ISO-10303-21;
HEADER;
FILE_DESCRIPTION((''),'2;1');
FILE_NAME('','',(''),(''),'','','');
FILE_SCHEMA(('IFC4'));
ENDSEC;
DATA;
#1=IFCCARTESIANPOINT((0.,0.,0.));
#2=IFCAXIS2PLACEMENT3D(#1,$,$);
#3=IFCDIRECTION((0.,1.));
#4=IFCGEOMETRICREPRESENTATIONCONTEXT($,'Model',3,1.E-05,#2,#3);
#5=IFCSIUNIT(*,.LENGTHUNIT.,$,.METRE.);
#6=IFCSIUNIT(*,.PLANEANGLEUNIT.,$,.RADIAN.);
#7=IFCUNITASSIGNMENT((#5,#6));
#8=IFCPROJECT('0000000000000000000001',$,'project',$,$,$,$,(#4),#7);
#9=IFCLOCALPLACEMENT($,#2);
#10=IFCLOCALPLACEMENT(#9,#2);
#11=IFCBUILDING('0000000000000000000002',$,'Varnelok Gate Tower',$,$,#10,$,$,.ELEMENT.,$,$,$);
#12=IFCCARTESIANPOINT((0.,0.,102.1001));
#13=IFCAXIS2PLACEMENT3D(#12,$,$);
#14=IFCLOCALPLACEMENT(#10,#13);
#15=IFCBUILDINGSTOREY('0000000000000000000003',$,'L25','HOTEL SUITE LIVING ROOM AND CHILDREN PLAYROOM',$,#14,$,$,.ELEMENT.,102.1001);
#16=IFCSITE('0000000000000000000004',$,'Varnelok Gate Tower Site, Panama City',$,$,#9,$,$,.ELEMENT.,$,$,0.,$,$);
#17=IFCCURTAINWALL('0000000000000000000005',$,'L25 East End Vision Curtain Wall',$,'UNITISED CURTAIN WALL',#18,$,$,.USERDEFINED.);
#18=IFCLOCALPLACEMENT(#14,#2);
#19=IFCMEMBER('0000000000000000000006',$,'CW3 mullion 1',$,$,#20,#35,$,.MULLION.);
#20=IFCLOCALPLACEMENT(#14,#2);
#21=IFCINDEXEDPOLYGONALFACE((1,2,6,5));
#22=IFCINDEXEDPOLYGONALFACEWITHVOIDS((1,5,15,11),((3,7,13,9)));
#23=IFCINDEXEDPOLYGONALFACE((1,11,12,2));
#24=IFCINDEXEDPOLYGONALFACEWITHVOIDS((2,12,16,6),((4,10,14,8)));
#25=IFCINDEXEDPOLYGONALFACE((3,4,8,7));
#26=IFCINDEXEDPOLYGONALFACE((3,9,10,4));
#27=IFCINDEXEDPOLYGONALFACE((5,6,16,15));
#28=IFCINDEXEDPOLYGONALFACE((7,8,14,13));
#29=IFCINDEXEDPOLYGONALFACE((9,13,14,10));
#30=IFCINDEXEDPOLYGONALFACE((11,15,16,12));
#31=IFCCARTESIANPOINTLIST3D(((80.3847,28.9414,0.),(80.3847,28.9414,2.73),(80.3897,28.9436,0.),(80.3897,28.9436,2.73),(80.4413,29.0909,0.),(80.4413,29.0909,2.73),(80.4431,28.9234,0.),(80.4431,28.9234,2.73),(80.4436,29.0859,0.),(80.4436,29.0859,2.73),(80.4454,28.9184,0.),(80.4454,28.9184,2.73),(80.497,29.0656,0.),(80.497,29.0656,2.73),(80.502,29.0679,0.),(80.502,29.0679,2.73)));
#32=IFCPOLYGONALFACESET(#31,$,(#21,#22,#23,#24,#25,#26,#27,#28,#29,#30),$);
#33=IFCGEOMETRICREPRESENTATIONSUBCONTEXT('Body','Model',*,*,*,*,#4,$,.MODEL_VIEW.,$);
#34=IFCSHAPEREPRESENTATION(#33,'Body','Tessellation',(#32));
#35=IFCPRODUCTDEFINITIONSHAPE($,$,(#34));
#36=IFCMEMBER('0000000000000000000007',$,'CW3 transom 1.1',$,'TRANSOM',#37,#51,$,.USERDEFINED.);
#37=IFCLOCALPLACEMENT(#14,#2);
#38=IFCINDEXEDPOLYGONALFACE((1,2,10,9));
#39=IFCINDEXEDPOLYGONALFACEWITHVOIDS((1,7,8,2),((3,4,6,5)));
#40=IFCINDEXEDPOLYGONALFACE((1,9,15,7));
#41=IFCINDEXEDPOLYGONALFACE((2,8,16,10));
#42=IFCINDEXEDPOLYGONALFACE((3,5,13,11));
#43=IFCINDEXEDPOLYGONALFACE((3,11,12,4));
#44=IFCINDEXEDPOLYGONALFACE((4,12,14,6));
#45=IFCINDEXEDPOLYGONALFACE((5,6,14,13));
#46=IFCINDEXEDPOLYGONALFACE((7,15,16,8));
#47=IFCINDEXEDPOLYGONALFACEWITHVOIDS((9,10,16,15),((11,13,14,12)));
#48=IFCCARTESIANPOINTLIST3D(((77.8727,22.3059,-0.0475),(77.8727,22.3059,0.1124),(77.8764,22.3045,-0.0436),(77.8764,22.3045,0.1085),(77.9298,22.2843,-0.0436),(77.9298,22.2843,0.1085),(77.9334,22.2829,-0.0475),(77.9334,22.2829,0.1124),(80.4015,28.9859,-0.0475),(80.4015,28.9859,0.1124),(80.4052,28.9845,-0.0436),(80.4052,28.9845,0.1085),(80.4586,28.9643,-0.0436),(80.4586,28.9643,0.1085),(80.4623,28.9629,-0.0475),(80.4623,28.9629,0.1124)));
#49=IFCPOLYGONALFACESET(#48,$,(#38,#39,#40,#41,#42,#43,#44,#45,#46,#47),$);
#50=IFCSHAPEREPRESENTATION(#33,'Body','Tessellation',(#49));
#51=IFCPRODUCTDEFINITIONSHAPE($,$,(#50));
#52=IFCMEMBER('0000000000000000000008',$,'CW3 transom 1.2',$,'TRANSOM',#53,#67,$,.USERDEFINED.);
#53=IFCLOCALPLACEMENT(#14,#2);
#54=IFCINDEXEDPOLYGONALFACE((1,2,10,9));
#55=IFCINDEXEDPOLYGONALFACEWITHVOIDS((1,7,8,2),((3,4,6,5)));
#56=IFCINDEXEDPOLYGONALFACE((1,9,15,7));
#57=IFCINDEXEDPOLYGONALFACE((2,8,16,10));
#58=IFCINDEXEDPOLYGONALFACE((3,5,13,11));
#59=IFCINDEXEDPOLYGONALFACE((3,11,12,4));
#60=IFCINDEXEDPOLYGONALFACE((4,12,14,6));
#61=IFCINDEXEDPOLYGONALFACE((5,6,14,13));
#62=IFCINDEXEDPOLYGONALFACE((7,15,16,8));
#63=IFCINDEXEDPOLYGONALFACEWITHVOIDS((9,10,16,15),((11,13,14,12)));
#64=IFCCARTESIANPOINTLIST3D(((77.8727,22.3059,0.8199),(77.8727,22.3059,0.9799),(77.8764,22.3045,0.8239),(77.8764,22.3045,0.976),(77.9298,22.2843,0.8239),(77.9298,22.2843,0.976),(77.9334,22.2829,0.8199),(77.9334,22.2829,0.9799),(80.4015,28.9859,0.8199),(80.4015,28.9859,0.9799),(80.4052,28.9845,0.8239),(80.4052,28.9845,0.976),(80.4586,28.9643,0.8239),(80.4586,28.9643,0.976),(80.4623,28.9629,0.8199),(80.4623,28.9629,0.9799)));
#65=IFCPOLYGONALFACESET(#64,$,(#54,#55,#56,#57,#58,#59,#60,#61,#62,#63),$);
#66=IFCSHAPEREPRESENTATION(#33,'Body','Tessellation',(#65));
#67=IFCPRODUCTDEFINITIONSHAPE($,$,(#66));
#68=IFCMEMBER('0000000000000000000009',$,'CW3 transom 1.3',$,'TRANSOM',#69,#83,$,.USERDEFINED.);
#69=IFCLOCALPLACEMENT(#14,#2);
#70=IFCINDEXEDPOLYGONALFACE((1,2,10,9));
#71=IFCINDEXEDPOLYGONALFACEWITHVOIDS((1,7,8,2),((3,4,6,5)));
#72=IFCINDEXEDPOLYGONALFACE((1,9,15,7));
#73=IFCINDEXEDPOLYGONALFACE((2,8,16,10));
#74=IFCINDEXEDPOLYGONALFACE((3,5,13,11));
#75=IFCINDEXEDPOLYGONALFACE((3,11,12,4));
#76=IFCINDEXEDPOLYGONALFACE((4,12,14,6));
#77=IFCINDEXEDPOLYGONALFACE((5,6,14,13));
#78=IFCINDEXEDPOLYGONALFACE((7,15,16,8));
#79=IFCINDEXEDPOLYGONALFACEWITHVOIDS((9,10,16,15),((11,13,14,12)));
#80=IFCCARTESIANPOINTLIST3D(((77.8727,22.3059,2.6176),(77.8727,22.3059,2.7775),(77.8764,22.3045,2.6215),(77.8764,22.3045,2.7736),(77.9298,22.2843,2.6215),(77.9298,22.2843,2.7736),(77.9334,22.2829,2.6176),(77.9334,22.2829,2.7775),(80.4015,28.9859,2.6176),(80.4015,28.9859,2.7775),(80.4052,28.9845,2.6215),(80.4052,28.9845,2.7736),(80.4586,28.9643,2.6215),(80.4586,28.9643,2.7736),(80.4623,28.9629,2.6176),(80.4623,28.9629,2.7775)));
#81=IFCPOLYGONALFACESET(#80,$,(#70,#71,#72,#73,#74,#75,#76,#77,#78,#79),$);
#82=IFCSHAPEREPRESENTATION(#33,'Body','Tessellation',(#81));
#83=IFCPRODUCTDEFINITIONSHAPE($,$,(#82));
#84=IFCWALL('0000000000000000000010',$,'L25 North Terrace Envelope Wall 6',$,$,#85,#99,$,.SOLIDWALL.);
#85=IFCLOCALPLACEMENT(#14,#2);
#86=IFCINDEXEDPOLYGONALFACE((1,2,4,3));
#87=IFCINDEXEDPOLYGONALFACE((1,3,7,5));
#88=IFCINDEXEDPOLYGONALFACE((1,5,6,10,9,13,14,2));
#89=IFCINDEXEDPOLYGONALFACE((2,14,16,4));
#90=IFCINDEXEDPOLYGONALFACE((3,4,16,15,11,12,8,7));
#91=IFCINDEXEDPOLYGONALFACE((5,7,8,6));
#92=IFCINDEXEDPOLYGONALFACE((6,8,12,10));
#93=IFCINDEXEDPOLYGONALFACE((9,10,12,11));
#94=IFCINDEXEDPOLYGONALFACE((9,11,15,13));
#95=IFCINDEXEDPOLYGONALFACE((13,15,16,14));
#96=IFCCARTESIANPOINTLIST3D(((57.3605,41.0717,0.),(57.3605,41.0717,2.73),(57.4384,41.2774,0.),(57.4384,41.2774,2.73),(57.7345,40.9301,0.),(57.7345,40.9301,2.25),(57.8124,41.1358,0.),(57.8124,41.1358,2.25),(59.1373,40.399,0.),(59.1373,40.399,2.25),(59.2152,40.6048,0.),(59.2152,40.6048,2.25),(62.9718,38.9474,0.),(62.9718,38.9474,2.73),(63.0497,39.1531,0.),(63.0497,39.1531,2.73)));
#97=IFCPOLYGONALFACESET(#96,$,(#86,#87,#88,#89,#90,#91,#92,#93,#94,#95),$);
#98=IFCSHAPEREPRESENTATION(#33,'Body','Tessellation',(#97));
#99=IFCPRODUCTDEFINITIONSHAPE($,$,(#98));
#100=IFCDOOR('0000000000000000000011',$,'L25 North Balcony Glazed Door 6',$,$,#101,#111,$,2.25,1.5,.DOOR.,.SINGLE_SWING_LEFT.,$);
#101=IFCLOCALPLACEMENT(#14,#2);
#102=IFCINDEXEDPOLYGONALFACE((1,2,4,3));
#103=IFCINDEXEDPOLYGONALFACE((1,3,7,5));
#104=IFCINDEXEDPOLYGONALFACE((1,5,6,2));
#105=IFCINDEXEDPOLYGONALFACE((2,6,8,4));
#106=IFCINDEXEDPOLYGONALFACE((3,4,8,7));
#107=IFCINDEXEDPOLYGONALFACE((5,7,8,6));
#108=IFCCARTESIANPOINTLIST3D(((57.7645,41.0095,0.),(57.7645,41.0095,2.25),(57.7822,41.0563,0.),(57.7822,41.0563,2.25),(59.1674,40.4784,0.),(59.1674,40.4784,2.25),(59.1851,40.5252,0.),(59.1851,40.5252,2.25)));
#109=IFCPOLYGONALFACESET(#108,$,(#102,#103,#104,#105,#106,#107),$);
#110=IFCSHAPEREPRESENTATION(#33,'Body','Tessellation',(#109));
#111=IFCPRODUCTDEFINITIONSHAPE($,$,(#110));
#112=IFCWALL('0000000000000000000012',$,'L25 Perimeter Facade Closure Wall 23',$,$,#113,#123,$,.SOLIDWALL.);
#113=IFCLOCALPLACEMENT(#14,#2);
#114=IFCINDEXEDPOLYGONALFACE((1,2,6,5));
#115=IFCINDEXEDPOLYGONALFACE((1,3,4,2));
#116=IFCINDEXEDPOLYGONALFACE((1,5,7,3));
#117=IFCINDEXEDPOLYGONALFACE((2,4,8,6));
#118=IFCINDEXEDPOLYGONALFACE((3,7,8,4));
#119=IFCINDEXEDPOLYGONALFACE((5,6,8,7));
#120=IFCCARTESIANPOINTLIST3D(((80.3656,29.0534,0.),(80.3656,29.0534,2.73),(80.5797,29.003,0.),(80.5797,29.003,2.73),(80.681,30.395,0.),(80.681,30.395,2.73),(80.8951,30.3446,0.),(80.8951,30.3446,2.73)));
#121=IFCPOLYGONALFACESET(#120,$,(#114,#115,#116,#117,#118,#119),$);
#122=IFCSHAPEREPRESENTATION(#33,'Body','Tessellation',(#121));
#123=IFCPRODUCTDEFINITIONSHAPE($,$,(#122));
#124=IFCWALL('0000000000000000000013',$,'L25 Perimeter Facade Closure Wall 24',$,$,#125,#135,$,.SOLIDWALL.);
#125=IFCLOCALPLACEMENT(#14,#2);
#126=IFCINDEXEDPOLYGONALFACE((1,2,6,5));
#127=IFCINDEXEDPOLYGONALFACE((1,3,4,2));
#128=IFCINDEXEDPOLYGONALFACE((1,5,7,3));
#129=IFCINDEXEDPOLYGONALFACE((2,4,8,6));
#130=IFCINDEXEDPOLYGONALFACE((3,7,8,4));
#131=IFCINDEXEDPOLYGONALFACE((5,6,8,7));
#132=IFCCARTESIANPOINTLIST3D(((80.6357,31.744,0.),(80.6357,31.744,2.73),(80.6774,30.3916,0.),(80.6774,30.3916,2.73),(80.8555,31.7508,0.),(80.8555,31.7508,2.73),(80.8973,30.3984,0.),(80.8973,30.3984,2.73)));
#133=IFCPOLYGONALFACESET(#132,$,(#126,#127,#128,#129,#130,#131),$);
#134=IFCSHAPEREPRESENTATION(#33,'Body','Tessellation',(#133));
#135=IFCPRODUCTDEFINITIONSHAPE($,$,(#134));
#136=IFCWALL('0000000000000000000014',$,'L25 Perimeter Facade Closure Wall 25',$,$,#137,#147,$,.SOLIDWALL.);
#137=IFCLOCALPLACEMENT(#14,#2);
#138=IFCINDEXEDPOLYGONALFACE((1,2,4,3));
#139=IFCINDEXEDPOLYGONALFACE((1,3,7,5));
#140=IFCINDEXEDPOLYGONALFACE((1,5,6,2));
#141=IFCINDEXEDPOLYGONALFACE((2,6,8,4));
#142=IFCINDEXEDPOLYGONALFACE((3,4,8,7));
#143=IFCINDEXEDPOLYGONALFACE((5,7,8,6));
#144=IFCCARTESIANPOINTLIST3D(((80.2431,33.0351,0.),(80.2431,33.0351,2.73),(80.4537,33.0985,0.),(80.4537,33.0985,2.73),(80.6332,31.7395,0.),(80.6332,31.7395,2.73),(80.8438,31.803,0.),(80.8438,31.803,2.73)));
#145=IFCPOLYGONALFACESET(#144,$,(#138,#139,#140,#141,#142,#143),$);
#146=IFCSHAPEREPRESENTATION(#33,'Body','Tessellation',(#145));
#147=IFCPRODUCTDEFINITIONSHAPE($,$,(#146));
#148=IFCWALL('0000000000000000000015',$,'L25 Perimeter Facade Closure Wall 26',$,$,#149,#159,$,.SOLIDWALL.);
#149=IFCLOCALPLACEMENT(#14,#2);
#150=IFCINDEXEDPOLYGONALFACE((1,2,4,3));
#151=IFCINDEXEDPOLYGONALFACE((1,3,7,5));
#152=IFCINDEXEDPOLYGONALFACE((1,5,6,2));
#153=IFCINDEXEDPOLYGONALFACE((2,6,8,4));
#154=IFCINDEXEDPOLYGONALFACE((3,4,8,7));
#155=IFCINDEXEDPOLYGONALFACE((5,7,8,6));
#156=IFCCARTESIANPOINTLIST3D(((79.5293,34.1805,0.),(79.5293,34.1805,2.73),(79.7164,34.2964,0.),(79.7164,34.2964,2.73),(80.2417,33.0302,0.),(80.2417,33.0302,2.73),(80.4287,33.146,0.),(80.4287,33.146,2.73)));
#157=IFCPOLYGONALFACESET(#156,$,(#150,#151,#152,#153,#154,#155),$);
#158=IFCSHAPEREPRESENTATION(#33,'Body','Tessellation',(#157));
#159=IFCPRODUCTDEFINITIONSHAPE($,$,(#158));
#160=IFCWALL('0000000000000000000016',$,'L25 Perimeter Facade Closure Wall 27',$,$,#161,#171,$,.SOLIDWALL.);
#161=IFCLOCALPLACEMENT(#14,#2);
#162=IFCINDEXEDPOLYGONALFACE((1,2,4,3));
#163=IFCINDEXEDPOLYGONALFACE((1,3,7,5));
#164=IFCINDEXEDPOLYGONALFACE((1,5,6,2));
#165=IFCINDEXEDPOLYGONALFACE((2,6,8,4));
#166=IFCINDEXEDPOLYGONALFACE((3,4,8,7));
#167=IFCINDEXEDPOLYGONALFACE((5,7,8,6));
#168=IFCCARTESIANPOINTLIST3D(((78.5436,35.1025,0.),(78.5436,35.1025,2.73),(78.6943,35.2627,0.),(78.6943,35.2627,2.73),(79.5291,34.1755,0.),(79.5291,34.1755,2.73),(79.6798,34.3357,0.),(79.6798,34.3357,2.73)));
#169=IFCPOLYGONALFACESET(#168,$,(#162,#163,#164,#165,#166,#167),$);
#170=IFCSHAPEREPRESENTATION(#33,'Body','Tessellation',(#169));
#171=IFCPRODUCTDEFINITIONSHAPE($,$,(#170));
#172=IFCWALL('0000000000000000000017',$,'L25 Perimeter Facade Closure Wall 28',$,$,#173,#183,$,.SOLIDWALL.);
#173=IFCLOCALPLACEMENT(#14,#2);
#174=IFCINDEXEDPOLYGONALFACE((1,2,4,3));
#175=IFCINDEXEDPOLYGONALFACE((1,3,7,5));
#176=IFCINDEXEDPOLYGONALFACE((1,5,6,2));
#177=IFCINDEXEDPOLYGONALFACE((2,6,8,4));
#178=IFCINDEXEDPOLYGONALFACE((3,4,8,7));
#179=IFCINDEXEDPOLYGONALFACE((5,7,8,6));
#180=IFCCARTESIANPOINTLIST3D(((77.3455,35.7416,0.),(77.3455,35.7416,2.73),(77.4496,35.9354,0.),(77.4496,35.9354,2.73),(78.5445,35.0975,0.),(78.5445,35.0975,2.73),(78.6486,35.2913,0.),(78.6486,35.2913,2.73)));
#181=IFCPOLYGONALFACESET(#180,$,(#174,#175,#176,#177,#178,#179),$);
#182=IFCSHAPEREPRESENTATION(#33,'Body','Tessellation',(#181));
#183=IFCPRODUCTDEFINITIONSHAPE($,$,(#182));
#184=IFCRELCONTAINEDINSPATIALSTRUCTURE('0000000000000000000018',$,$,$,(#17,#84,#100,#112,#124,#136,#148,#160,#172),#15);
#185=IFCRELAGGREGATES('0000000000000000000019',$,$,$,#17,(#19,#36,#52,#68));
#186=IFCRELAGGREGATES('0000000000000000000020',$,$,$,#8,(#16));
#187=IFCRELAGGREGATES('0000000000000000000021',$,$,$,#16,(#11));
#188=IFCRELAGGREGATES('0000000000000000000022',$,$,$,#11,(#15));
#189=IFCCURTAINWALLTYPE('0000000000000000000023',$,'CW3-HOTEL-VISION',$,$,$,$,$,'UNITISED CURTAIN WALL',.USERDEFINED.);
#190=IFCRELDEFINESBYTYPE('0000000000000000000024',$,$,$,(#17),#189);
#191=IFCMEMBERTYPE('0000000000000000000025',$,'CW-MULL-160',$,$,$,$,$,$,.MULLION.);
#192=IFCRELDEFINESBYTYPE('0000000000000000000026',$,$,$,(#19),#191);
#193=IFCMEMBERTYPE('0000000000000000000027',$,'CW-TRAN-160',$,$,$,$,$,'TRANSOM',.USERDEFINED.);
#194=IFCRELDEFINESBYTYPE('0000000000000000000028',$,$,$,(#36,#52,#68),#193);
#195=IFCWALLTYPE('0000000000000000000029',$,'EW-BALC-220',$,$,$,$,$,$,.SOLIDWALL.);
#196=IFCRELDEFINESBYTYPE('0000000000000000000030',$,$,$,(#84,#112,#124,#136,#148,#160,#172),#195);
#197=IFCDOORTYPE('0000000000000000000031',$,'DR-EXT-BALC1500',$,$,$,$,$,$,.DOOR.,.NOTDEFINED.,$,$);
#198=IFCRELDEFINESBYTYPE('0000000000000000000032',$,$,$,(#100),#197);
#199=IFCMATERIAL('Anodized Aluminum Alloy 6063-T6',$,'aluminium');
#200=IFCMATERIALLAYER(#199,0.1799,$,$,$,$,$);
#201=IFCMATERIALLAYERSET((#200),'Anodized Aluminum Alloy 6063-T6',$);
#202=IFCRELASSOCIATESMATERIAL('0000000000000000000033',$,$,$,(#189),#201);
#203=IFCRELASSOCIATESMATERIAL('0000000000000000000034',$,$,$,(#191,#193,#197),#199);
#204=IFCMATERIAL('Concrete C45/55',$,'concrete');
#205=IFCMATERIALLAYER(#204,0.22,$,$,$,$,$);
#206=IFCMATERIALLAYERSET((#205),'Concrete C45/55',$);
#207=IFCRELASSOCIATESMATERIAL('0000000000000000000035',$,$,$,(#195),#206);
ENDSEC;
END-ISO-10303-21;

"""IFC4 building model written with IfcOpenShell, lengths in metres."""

from ifc_helpers import new_model, si_unit, direction, frame, frame_2d, origin, origin_2d, place, context, subcontext, project, spatial, rectangle, hollow_rectangle, extrude, material, layer, layer_set, material_profile, profile_set, type_object, element, fill, aggregate, save


model = new_model("IFC4")

# Units and contexts
model_context = context("Model", 3, precision=1e-05, world=origin(), true_north=direction((0.0, 1.0)))
body_context = subcontext(model_context, "Body", "Model", "MODEL_VIEW")
ifc_project = project(units=[si_unit("LENGTHUNIT", "METRE"), si_unit("PLANEANGLEUNIT", "RADIAN")], contexts=[model_context])

# Site, building, storey
site_placement = place(None, origin())
site = spatial("IfcSite", under=ifc_project, at=site_placement, Name="Varnelok Gate Tower Site, Panama City", CompositionType="ELEMENT", RefElevation=0.0)
building_placement = place(site_placement, origin())
building = spatial("IfcBuilding", under=site, at=building_placement, Name="Varnelok Gate Tower", CompositionType="ELEMENT")
storey_placement = place(building_placement, frame((0.0, 0.0, 102.1001)))
storey = spatial("IfcBuildingStorey", under=building, at=storey_placement, Name="L25", Description="HOTEL SUITE LIVING ROOM AND CHILDREN PLAYROOM", CompositionType="ELEMENT", Elevation=102.1001)

# Curtain wall, members
ifc_material_1 = material(Name="Anodized Aluminum Alloy 6063-T6", Category="aluminium")
ifc_layer_1 = layer(ifc_material_1, 0.1799)
ifc_layer_set_1 = layer_set([ifc_layer_1], Name="Anodized Aluminum Alloy 6063-T6")
curtain_wall_type = type_object("IfcCurtainWallType", Name="CW3-HOTEL-VISION", ElementType="UNITISED CURTAIN WALL", PredefinedType="USERDEFINED", material=ifc_layer_set_1)
curtain_wall_placement = place(storey_placement, origin())
curtain_wall = element("IfcCurtainWall", 1, at=curtain_wall_placement, inside=storey, type_object=curtain_wall_type, Name="L25 East End Vision Curtain Wall", ObjectType="UNITISED CURTAIN WALL", PredefinedType="USERDEFINED")
ifc_material_profile_1 = material_profile(ifc_material_1, hollow_rectangle(XDim=0.0649, YDim=0.1599, WallThickness=0.0039, at=origin_2d()), Name="ALU160X65X4")
ifc_profile_set_1 = profile_set([ifc_material_profile_1], Name="Anodized Aluminum Alloy 6063-T6")
member_type_1 = type_object("IfcMemberType", Name="CW-MULL-160", PredefinedType="MULLION", material=ifc_profile_set_1)
member_1_placement = place(storey_placement, frame((80.4434, 29.0046, 0.0), z_axis=(0.0, 0.0, 1.0), x_axis=(0.935221, -0.354064, 0.0)))
member_1 = element("IfcMember", 2, at=member_1_placement, type_object=member_type_1, Name="CW3 mullion 1", PredefinedType="MULLION", context=body_context, shape_type="SweptSolid", body=[
    extrude(hollow_rectangle(XDim=0.0649, YDim=0.1599, WallThickness=0.0039, at=origin_2d()), origin(), (0.0, 0.0, 1.0), 2.73),
])
ifc_material_profile_2 = material_profile(ifc_material_1, hollow_rectangle(XDim=0.0649, YDim=0.1599, WallThickness=0.0039, at=origin_2d()), Name="ALU160X65X4")
ifc_profile_set_2 = profile_set([ifc_material_profile_2], Name="Anodized Aluminum Alloy 6063-T6")
member_type_2 = type_object("IfcMemberType", Name="CW-TRAN-160", ElementType="TRANSOM", PredefinedType="USERDEFINED", material=ifc_profile_set_2)
member_2_placement = place(storey_placement, frame((80.4319, 28.9744, 0.0325), z_axis=(-0.354047, -0.935228, 0.0), x_axis=(0.935228, -0.354047, 0.0)))
member_2 = element("IfcMember", 3, at=member_2_placement, type_object=member_type_2, Name="CW3 transom 1.1", ObjectType="TRANSOM", PredefinedType="USERDEFINED", context=body_context, shape_type="SweptSolid", body=[
    extrude(hollow_rectangle(XDim=0.0649, YDim=0.1599, WallThickness=0.0039, at=origin_2d()), origin(), (0.0, 0.0, 1.0), 7.1426),
])
member_3_placement = place(storey_placement, frame((80.4319, 28.9744, 0.8999), z_axis=(-0.354047, -0.935228, 0.0), x_axis=(0.935228, -0.354047, 0.0)))
member_3 = element("IfcMember", 4, at=member_3_placement, type_object=member_type_2, Name="CW3 transom 1.2", ObjectType="TRANSOM", PredefinedType="USERDEFINED", context=body_context, shape_type="SweptSolid", body=[
    extrude(hollow_rectangle(XDim=0.0649, YDim=0.1599, WallThickness=0.0039, at=origin_2d()), origin(), (0.0, 0.0, 1.0), 7.1426),
])
member_4_placement = place(storey_placement, frame((80.4319, 28.9744, 2.6975), z_axis=(-0.354047, -0.935228, 0.0), x_axis=(0.935228, -0.354047, 0.0)))
member_4 = element("IfcMember", 5, at=member_4_placement, type_object=member_type_2, Name="CW3 transom 1.3", ObjectType="TRANSOM", PredefinedType="USERDEFINED", context=body_context, shape_type="SweptSolid", body=[
    extrude(hollow_rectangle(XDim=0.0649, YDim=0.1599, WallThickness=0.0039, at=origin_2d()), origin(), (0.0, 0.0, 1.0), 7.1426),
])
aggregate(curtain_wall, [member_1, member_2, member_3, member_4])

# Wall, opening, door
ifc_material_2 = material(Name="Concrete C45/55", Category="concrete")
ifc_layer_2 = layer(ifc_material_2, 0.22)
ifc_layer_set_2 = layer_set([ifc_layer_2], Name="Concrete C45/55")
wall_type = type_object("IfcWallType", Name="EW-BALC-220", PredefinedType="SOLIDWALL", material=ifc_layer_set_2)
wall_1_placement = place(storey_placement, frame((57.3994, 41.1746, 0.0), z_axis=(0.0, 0.0, 1.0), x_axis=(0.935228, -0.354047, 0.0)))
wall_1 = element("IfcWall", 6, at=wall_1_placement, inside=storey, type_object=wall_type, Name="L25 North Terrace Envelope Wall 6", PredefinedType="SOLIDWALL", context=body_context, shape_type="SweptSolid", body=[
    extrude(rectangle(XDim=6.0, YDim=0.22, at=frame_2d((3.0, 0.0))), origin(), (0.0, 0.0, 1.0), 2.73),
])
opening_1_placement = place(wall_1_placement, frame((0.3999, 0.0, 0.0)))
opening_1 = element("IfcOpeningElement", 7, at=opening_1_placement, cuts=wall_1, PredefinedType="OPENING", context=body_context, shape_type="SweptSolid", body=[
    extrude(rectangle(XDim=1.5, YDim=2.25, at=frame_2d((0.75, 1.125))), frame((0.0, 0.1199, 0.0), z_axis=(0.0, -1.0, 0.0), x_axis=(1.0, 0.0, 0.0)), (0.0, 0.0, 1.0), 0.24),
])
door_type = type_object("IfcDoorType", Name="DR-EXT-BALC1500", OperationType="NOTDEFINED", PredefinedType="DOOR", material=ifc_material_1)
door_placement = place(opening_1_placement, origin())
door = element("IfcDoor", 8, at=door_placement, inside=storey, type_object=door_type, Name="L25 North Balcony Glazed Door 6", OperationType="SINGLE_SWING_LEFT", OverallHeight=2.25, OverallWidth=1.5, PredefinedType="DOOR", context=body_context, shape_type="SweptSolid", body=[
    extrude(rectangle(XDim=1.5, YDim=2.25, at=frame_2d((0.75, 1.125))), frame((0.0, 0.0249, 0.0), z_axis=(0.0, -1.0, 0.0), x_axis=(1.0, 0.0, 0.0)), (0.0, 0.0, 1.0), 0.05),
])
fill(opening_1, door)

# Walls
wall_2_placement = place(storey_placement, frame((80.4727, 29.0283, 0.0), z_axis=(0.0, 0.0, 1.0), x_axis=(0.228881, 0.973454, 0.0)))
element("IfcWall", 9, at=wall_2_placement, inside=storey, type_object=wall_type, Name="L25 Perimeter Facade Closure Wall 23", PredefinedType="SOLIDWALL", context=body_context, shape_type="SweptSolid", body=[
    extrude(rectangle(XDim=1.3782, YDim=0.22, at=frame_2d((0.689, 0.0))), origin(), (0.0, 0.0, 1.0), 2.73),
])
for number, where, z_axis, x_axis, name in (
    (10, (80.7874, 30.395, 0.0), (0.0, 0.0, 1.0), (-0.030857, 0.999524, 0.0), "L25 Perimeter Facade Closure Wall 24"),
    (11, (80.7385, 31.7712, 0.0), (0.0, 0.0, 1.0), (-0.288324, 0.957533, 0.0), "L25 Perimeter Facade Closure Wall 25"),
    (12, (80.3352, 33.0881, 0.0), (0.0, 0.0, 1.0), (-0.526491, 0.850181, 0.0), "L25 Perimeter Facade Closure Wall 26"),
    (13, (79.6045, 34.2556, 0.0), (0.0, 0.0, 1.0), (-0.728428, 0.685123, 0.0), "L25 Perimeter Facade Closure Wall 27"),
):
    element("IfcWall", number, at=place(storey_placement, frame(where, z_axis=z_axis, x_axis=x_axis)), inside=storey, type_object=wall_type, Name=name, PredefinedType="SOLIDWALL", context=body_context, shape_type="SweptSolid", body=[
        extrude(rectangle(XDim=1.353, YDim=0.22, at=frame_2d((0.6765, 0.0))), origin(), (0.0, 0.0, 1.0), 2.73),
    ])
wall_3_placement = place(storey_placement, frame((78.5967, 35.1943, 0.0), z_axis=(0.0, 0.0, 1.0), x_axis=(-0.880949, 0.473212, 0.0)))
element("IfcWall", 14, at=wall_3_placement, inside=storey, type_object=wall_type, Name="L25 Perimeter Facade Closure Wall 28", PredefinedType="SOLIDWALL", context=body_context, shape_type="SweptSolid", body=[
    extrude(rectangle(XDim=1.3611, YDim=0.22, at=frame_2d((0.6807, 0.0))), origin(), (0.0, 0.0, 1.0), 2.73),
])

save(model, "model.ifc")
